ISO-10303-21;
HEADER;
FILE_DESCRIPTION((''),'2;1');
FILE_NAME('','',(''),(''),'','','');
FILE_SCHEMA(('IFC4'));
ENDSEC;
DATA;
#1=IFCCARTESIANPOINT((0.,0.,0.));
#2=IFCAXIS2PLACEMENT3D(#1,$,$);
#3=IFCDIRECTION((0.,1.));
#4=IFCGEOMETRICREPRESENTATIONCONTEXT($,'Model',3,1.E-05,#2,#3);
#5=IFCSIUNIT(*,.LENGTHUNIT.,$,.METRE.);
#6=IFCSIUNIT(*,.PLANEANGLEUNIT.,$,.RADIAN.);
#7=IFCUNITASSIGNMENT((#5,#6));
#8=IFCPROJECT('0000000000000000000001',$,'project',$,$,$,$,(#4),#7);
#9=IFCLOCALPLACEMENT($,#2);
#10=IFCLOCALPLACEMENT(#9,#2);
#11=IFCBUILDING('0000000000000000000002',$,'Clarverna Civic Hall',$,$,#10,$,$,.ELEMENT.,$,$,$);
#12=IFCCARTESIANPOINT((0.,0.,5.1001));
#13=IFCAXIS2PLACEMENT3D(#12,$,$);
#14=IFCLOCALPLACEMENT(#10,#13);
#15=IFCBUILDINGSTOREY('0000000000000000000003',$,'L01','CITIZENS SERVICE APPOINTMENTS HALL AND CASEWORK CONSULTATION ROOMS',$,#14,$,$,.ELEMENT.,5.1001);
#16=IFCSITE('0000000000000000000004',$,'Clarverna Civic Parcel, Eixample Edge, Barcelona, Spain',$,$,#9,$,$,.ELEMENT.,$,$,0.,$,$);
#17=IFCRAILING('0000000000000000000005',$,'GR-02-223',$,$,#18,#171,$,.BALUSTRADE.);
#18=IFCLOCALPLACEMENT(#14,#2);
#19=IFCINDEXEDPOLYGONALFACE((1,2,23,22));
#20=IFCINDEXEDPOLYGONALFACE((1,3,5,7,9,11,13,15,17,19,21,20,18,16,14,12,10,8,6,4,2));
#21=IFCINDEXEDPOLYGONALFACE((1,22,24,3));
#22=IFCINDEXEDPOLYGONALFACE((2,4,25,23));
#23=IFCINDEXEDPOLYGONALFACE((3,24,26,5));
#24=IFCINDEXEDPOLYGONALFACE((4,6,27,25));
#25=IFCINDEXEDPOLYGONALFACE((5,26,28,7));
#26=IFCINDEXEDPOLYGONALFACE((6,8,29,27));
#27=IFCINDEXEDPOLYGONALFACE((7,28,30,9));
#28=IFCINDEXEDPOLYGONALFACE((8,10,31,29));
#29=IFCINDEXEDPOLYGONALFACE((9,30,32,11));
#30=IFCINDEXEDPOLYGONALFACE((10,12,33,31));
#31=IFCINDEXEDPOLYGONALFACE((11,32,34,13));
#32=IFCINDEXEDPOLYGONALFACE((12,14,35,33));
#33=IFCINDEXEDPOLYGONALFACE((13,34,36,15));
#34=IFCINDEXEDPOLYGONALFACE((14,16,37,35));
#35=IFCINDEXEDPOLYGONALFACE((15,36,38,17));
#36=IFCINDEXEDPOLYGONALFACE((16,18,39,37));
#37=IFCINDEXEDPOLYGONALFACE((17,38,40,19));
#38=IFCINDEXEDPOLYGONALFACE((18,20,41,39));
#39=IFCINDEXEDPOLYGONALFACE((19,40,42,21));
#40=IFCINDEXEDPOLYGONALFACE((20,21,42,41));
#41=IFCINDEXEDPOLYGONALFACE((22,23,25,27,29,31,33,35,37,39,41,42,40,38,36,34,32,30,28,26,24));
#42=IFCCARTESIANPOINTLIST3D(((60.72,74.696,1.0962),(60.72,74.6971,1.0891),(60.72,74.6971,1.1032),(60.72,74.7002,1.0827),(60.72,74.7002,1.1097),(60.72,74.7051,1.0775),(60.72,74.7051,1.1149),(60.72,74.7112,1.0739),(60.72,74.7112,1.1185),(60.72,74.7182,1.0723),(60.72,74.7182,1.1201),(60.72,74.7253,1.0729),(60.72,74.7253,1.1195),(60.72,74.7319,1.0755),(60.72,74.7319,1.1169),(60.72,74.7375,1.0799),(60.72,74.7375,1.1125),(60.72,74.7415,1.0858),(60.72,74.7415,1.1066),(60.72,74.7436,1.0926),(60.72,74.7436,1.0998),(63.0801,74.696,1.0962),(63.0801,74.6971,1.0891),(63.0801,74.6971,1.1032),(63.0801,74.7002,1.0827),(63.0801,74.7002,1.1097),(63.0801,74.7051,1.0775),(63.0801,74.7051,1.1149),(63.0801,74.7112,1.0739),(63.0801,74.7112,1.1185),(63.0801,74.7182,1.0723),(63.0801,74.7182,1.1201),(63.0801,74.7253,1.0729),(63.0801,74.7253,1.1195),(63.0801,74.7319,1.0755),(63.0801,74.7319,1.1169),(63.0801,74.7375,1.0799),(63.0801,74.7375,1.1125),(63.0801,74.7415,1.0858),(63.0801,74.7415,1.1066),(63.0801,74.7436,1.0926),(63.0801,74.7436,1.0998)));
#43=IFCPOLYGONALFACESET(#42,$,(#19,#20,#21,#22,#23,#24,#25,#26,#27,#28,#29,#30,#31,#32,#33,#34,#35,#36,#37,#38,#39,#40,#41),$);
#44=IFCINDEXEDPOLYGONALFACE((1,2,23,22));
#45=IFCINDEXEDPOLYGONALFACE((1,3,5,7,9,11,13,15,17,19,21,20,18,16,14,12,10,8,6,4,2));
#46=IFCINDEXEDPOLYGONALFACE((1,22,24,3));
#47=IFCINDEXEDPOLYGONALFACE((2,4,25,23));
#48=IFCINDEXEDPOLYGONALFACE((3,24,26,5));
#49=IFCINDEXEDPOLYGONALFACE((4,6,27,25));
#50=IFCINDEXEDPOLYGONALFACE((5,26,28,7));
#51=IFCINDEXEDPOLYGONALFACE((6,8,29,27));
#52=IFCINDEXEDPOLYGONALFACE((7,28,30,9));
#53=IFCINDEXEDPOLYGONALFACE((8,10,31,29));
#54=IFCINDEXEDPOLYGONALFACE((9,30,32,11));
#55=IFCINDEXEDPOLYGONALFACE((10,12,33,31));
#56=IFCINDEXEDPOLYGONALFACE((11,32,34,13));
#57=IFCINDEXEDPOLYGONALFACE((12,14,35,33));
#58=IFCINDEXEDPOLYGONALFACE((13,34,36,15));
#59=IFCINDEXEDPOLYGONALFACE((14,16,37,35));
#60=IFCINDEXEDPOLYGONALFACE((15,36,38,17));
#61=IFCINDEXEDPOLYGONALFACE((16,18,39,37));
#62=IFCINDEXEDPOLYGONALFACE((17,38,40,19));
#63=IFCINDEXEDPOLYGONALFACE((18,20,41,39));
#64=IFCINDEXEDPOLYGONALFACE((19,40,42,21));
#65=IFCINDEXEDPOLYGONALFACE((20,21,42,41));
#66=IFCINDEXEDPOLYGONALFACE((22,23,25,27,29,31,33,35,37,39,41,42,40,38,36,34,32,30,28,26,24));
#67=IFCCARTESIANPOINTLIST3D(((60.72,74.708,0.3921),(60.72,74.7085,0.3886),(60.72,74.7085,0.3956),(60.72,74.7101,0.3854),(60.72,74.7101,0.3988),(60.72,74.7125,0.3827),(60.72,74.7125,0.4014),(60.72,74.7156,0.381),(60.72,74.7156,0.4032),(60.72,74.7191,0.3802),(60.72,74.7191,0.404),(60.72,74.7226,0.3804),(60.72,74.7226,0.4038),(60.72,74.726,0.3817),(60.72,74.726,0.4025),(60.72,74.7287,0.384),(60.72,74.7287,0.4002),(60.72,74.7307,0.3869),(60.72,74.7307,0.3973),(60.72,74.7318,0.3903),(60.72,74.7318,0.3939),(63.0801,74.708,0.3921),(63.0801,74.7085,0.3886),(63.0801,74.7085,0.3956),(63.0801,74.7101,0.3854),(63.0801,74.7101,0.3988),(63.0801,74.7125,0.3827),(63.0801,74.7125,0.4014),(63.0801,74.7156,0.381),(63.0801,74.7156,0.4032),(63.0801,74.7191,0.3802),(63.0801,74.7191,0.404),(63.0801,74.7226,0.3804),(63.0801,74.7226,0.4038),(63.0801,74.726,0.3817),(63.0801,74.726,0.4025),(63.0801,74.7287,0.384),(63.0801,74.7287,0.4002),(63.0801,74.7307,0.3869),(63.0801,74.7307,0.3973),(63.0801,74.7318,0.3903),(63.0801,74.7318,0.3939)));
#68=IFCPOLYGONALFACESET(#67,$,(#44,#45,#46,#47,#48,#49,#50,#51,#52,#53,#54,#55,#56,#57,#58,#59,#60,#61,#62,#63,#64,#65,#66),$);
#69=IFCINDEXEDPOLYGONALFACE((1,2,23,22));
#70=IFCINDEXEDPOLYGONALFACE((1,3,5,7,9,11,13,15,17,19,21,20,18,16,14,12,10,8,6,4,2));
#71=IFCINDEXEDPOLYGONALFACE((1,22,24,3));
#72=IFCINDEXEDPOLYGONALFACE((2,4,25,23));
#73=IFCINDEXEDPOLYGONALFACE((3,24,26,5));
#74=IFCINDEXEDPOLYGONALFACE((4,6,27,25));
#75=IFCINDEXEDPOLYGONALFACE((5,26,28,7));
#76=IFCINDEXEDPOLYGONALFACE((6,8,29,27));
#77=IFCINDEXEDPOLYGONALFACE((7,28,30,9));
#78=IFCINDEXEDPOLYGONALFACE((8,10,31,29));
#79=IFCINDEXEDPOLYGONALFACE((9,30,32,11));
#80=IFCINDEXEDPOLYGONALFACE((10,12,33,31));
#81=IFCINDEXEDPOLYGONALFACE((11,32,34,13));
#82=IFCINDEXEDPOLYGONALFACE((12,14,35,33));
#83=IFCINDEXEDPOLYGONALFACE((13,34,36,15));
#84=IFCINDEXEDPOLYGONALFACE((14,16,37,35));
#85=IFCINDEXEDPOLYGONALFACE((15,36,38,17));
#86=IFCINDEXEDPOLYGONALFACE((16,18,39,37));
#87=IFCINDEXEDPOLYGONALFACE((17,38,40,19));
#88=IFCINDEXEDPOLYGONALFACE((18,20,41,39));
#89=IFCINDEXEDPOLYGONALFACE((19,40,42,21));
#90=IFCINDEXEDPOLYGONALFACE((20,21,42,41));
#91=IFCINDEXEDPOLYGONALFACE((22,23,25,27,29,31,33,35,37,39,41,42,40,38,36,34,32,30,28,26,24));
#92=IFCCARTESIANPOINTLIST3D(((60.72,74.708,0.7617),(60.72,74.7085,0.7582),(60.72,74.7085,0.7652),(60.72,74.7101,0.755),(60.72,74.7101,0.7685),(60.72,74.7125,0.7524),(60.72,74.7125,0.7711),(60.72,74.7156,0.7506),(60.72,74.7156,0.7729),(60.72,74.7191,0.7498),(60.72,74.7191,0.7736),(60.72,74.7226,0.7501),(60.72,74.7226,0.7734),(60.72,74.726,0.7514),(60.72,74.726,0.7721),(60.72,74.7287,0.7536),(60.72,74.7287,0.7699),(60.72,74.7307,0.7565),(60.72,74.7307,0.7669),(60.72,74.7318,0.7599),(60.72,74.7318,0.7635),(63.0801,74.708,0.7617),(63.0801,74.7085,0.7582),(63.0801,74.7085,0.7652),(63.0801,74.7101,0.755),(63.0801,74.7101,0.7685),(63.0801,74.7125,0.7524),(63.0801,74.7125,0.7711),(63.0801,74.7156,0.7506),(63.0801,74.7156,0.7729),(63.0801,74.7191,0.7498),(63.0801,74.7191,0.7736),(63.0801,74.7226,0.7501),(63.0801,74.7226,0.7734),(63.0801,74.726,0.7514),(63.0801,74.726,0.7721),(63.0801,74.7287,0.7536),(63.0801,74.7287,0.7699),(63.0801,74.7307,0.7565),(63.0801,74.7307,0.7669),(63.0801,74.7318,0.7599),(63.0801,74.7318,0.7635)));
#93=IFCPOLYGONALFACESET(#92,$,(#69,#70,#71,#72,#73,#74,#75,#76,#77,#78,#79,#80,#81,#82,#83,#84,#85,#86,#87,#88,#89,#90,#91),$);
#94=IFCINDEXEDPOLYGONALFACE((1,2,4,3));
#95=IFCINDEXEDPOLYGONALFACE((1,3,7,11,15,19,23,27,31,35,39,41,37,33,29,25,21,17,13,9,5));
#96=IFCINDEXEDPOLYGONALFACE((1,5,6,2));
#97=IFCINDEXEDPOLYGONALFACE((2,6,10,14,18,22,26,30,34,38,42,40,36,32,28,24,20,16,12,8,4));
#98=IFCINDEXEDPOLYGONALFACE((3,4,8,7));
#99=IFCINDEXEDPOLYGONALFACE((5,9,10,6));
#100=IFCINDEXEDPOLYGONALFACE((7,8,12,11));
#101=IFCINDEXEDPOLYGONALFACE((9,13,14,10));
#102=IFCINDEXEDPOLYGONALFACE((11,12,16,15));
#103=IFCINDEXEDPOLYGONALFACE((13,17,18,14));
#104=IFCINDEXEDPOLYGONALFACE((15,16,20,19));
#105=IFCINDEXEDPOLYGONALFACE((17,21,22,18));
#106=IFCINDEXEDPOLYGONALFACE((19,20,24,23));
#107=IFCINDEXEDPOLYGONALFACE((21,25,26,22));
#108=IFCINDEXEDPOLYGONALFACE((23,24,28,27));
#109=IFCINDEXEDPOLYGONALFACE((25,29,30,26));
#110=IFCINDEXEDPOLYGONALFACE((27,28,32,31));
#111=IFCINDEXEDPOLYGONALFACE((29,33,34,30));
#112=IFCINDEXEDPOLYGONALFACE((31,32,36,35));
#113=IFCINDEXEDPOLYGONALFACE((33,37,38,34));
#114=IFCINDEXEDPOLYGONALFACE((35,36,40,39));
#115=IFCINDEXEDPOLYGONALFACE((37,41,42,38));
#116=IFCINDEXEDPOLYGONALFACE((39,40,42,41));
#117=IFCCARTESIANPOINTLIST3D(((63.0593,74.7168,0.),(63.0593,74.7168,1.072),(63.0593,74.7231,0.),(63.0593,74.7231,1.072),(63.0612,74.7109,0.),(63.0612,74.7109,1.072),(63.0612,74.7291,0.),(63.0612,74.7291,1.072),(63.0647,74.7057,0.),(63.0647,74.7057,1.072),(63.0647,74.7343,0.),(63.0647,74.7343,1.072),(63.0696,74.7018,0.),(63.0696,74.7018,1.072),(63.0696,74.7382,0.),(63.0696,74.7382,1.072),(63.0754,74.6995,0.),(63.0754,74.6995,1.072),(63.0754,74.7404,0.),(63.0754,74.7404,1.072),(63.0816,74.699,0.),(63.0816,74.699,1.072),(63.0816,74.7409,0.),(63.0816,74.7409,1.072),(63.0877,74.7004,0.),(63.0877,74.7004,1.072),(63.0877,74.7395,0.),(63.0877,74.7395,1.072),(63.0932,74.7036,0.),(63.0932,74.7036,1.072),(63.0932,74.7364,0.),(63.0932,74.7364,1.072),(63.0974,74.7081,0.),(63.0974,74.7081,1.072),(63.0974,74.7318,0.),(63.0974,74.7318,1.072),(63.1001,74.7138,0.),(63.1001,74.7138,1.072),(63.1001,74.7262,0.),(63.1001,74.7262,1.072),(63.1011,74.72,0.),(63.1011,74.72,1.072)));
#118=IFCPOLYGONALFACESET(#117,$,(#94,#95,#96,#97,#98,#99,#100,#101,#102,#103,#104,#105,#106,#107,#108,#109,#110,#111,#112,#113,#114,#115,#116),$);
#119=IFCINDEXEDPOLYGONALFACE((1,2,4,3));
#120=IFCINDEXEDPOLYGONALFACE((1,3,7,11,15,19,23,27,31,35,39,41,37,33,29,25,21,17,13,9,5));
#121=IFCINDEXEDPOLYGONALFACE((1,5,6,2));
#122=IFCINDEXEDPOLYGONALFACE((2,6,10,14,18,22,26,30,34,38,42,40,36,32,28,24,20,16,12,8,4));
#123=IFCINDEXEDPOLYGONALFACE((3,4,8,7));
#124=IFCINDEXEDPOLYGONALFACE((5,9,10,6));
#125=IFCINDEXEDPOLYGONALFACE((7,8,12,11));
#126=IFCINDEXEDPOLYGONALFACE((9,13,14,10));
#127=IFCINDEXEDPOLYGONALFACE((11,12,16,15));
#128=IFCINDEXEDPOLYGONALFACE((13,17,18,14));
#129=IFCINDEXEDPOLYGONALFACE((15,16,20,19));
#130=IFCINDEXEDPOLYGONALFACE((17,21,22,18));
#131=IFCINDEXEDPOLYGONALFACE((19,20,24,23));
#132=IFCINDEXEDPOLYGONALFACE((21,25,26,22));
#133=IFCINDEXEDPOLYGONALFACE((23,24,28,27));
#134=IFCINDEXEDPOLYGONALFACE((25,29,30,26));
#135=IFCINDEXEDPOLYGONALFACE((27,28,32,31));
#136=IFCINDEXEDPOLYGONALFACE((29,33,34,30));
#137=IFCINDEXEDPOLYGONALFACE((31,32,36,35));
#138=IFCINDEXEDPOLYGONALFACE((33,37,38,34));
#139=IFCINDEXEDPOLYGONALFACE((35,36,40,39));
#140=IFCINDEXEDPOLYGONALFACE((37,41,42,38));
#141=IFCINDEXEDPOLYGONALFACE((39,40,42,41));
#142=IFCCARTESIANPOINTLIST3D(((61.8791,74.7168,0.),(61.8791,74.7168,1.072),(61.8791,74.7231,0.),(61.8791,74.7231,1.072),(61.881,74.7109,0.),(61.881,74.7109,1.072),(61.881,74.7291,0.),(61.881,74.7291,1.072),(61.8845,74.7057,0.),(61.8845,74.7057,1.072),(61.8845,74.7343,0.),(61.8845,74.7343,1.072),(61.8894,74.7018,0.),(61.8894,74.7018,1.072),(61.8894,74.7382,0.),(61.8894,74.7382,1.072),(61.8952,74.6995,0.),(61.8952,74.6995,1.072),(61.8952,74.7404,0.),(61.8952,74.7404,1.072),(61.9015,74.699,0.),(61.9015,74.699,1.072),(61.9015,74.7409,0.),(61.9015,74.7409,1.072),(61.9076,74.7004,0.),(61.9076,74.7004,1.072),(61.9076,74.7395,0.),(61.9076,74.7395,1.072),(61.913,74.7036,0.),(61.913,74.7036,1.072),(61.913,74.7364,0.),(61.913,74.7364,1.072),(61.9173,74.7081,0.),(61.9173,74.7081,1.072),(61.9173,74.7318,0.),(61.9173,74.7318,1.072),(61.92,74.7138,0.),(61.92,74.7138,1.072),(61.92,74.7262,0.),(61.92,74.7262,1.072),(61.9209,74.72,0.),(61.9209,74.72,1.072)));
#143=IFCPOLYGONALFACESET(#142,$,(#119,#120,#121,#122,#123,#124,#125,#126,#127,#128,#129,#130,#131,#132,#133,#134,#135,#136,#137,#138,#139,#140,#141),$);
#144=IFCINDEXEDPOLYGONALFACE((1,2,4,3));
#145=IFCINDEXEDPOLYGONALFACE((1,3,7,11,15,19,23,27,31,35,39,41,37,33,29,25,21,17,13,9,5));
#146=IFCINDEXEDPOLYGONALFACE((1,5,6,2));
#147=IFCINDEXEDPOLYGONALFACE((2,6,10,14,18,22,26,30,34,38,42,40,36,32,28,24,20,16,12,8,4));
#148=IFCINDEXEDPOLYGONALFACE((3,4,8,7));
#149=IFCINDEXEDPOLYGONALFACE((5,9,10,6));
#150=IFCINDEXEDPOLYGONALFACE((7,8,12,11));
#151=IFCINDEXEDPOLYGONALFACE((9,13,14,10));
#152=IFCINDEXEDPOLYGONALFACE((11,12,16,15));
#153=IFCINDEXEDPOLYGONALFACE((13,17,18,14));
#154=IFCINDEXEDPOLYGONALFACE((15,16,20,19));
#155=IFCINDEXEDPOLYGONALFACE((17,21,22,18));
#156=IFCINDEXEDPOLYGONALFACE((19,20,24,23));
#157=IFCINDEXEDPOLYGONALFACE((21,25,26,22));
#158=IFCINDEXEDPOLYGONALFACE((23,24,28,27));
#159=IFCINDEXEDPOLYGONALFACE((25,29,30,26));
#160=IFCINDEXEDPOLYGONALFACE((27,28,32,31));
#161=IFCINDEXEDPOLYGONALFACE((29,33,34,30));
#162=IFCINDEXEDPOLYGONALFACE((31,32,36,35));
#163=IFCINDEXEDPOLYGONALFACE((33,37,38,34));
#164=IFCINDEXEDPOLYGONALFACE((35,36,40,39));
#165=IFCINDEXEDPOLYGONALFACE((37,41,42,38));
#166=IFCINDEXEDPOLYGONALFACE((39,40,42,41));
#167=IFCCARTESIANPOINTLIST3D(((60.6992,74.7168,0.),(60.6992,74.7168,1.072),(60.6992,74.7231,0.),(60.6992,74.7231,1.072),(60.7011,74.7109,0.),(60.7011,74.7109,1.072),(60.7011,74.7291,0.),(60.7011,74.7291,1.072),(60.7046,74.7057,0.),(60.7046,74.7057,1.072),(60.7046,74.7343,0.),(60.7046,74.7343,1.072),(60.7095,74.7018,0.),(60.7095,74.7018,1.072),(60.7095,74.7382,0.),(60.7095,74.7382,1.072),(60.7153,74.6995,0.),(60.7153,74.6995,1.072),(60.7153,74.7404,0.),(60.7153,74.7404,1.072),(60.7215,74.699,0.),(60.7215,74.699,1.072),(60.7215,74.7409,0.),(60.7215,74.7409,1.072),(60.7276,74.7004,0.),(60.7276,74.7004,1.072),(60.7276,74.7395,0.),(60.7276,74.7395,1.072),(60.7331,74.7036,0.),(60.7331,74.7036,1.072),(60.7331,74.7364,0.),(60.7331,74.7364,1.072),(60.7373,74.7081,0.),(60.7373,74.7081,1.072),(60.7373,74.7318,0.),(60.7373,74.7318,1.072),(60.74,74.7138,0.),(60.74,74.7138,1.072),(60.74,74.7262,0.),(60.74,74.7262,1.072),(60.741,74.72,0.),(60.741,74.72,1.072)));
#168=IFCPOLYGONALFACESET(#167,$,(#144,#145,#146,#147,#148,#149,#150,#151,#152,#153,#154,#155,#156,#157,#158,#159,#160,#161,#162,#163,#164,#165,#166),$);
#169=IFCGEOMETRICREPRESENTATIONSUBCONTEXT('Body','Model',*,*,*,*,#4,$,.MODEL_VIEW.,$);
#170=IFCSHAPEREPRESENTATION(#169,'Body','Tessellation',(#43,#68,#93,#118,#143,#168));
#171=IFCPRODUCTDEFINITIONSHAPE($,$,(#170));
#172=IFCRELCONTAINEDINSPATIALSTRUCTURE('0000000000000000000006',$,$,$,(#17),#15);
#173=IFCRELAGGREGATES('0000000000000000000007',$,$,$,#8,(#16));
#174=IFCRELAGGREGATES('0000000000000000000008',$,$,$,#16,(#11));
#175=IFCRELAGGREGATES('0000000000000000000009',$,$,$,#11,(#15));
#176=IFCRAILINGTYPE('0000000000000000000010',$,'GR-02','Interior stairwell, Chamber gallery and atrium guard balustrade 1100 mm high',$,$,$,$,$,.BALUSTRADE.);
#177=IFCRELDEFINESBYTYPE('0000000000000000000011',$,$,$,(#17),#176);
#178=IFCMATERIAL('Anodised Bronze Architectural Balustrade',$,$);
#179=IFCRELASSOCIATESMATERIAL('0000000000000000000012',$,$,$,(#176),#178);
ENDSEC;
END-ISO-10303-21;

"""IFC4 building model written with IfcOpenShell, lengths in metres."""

from ifc_helpers import new_model, si_unit, direction, frame, origin, origin_2d, place, context, subcontext, project, spatial, circle, extrude, material, type_object, element, save


model = new_model("IFC4")

# Units and contexts
model_context = context("Model", 3, precision=1e-05, world=origin(), true_north=direction((0.0, 1.0)))
body_context = subcontext(model_context, "Body", "Model", "MODEL_VIEW")
ifc_project = project(units=[si_unit("LENGTHUNIT", "METRE"), si_unit("PLANEANGLEUNIT", "RADIAN")], contexts=[model_context])

# Site, building, storey
site_placement = place(None, origin())
site = spatial("IfcSite", under=ifc_project, at=site_placement, Name="Clarverna Civic Parcel, Eixample Edge, Barcelona, Spain", CompositionType="ELEMENT", RefElevation=0.0)
building_placement = place(site_placement, origin())
building = spatial("IfcBuilding", under=site, at=building_placement, Name="Clarverna Civic Hall", CompositionType="ELEMENT")
storey_placement = place(building_placement, frame((0.0, 0.0, 5.1001)))
storey = spatial("IfcBuildingStorey", under=building, at=storey_placement, Name="L01", Description="CITIZENS SERVICE APPOINTMENTS HALL AND CASEWORK CONSULTATION ROOMS", CompositionType="ELEMENT", Elevation=5.1001)

# Railing
ifc_material_1 = material(Name="Anodised Bronze Architectural Balustrade")
railing_type = type_object("IfcRailingType", Name="GR-02", Description="Interior stairwell, Chamber gallery and atrium guard balustrade 1100 mm high", PredefinedType="BALUSTRADE", material=ifc_material_1)
railing_1_placement = place(storey_placement, frame((63.0801, 74.72, 0.0)))
element("IfcRailing", 1, at=railing_1_placement, inside=storey, type_object=railing_type, Name="GR-02-223", PredefinedType="BALUSTRADE", context=body_context, shape_type="SweptSolid", body=[
    extrude(circle(Radius=0.0239, at=origin_2d()), frame((0.0, 0.0, 1.0962), z_axis=(-1.0, 0.0, 0.0), x_axis=(0.0, -1.0, 0.0)), (0.0, 0.0, 1.0), 2.3601),
    extrude(circle(Radius=0.012, at=origin_2d()), frame((0.0, 0.0, 0.3921), z_axis=(-1.0, 0.0, 0.0), x_axis=(0.0, -1.0, 0.0)), (0.0, 0.0, 1.0), 2.3601),
    extrude(circle(Radius=0.012, at=origin_2d()), frame((0.0, 0.0, 0.7617), z_axis=(-1.0, 0.0, 0.0), x_axis=(0.0, -1.0, 0.0)), (0.0, 0.0, 1.0), 2.3601),
    extrude(circle(Radius=0.021, at=origin_2d()), origin(), (0.0, 0.0, 1.0), 1.072),
    extrude(circle(Radius=0.021, at=origin_2d()), frame((-1.1802, 0.0, 0.0)), (0.0, 0.0, 1.0), 1.072),
    extrude(circle(Radius=0.021, at=origin_2d()), frame((-2.3601, 0.0, 0.0)), (0.0, 0.0, 1.0), 1.072),
])

save(model, "model.ifc")
